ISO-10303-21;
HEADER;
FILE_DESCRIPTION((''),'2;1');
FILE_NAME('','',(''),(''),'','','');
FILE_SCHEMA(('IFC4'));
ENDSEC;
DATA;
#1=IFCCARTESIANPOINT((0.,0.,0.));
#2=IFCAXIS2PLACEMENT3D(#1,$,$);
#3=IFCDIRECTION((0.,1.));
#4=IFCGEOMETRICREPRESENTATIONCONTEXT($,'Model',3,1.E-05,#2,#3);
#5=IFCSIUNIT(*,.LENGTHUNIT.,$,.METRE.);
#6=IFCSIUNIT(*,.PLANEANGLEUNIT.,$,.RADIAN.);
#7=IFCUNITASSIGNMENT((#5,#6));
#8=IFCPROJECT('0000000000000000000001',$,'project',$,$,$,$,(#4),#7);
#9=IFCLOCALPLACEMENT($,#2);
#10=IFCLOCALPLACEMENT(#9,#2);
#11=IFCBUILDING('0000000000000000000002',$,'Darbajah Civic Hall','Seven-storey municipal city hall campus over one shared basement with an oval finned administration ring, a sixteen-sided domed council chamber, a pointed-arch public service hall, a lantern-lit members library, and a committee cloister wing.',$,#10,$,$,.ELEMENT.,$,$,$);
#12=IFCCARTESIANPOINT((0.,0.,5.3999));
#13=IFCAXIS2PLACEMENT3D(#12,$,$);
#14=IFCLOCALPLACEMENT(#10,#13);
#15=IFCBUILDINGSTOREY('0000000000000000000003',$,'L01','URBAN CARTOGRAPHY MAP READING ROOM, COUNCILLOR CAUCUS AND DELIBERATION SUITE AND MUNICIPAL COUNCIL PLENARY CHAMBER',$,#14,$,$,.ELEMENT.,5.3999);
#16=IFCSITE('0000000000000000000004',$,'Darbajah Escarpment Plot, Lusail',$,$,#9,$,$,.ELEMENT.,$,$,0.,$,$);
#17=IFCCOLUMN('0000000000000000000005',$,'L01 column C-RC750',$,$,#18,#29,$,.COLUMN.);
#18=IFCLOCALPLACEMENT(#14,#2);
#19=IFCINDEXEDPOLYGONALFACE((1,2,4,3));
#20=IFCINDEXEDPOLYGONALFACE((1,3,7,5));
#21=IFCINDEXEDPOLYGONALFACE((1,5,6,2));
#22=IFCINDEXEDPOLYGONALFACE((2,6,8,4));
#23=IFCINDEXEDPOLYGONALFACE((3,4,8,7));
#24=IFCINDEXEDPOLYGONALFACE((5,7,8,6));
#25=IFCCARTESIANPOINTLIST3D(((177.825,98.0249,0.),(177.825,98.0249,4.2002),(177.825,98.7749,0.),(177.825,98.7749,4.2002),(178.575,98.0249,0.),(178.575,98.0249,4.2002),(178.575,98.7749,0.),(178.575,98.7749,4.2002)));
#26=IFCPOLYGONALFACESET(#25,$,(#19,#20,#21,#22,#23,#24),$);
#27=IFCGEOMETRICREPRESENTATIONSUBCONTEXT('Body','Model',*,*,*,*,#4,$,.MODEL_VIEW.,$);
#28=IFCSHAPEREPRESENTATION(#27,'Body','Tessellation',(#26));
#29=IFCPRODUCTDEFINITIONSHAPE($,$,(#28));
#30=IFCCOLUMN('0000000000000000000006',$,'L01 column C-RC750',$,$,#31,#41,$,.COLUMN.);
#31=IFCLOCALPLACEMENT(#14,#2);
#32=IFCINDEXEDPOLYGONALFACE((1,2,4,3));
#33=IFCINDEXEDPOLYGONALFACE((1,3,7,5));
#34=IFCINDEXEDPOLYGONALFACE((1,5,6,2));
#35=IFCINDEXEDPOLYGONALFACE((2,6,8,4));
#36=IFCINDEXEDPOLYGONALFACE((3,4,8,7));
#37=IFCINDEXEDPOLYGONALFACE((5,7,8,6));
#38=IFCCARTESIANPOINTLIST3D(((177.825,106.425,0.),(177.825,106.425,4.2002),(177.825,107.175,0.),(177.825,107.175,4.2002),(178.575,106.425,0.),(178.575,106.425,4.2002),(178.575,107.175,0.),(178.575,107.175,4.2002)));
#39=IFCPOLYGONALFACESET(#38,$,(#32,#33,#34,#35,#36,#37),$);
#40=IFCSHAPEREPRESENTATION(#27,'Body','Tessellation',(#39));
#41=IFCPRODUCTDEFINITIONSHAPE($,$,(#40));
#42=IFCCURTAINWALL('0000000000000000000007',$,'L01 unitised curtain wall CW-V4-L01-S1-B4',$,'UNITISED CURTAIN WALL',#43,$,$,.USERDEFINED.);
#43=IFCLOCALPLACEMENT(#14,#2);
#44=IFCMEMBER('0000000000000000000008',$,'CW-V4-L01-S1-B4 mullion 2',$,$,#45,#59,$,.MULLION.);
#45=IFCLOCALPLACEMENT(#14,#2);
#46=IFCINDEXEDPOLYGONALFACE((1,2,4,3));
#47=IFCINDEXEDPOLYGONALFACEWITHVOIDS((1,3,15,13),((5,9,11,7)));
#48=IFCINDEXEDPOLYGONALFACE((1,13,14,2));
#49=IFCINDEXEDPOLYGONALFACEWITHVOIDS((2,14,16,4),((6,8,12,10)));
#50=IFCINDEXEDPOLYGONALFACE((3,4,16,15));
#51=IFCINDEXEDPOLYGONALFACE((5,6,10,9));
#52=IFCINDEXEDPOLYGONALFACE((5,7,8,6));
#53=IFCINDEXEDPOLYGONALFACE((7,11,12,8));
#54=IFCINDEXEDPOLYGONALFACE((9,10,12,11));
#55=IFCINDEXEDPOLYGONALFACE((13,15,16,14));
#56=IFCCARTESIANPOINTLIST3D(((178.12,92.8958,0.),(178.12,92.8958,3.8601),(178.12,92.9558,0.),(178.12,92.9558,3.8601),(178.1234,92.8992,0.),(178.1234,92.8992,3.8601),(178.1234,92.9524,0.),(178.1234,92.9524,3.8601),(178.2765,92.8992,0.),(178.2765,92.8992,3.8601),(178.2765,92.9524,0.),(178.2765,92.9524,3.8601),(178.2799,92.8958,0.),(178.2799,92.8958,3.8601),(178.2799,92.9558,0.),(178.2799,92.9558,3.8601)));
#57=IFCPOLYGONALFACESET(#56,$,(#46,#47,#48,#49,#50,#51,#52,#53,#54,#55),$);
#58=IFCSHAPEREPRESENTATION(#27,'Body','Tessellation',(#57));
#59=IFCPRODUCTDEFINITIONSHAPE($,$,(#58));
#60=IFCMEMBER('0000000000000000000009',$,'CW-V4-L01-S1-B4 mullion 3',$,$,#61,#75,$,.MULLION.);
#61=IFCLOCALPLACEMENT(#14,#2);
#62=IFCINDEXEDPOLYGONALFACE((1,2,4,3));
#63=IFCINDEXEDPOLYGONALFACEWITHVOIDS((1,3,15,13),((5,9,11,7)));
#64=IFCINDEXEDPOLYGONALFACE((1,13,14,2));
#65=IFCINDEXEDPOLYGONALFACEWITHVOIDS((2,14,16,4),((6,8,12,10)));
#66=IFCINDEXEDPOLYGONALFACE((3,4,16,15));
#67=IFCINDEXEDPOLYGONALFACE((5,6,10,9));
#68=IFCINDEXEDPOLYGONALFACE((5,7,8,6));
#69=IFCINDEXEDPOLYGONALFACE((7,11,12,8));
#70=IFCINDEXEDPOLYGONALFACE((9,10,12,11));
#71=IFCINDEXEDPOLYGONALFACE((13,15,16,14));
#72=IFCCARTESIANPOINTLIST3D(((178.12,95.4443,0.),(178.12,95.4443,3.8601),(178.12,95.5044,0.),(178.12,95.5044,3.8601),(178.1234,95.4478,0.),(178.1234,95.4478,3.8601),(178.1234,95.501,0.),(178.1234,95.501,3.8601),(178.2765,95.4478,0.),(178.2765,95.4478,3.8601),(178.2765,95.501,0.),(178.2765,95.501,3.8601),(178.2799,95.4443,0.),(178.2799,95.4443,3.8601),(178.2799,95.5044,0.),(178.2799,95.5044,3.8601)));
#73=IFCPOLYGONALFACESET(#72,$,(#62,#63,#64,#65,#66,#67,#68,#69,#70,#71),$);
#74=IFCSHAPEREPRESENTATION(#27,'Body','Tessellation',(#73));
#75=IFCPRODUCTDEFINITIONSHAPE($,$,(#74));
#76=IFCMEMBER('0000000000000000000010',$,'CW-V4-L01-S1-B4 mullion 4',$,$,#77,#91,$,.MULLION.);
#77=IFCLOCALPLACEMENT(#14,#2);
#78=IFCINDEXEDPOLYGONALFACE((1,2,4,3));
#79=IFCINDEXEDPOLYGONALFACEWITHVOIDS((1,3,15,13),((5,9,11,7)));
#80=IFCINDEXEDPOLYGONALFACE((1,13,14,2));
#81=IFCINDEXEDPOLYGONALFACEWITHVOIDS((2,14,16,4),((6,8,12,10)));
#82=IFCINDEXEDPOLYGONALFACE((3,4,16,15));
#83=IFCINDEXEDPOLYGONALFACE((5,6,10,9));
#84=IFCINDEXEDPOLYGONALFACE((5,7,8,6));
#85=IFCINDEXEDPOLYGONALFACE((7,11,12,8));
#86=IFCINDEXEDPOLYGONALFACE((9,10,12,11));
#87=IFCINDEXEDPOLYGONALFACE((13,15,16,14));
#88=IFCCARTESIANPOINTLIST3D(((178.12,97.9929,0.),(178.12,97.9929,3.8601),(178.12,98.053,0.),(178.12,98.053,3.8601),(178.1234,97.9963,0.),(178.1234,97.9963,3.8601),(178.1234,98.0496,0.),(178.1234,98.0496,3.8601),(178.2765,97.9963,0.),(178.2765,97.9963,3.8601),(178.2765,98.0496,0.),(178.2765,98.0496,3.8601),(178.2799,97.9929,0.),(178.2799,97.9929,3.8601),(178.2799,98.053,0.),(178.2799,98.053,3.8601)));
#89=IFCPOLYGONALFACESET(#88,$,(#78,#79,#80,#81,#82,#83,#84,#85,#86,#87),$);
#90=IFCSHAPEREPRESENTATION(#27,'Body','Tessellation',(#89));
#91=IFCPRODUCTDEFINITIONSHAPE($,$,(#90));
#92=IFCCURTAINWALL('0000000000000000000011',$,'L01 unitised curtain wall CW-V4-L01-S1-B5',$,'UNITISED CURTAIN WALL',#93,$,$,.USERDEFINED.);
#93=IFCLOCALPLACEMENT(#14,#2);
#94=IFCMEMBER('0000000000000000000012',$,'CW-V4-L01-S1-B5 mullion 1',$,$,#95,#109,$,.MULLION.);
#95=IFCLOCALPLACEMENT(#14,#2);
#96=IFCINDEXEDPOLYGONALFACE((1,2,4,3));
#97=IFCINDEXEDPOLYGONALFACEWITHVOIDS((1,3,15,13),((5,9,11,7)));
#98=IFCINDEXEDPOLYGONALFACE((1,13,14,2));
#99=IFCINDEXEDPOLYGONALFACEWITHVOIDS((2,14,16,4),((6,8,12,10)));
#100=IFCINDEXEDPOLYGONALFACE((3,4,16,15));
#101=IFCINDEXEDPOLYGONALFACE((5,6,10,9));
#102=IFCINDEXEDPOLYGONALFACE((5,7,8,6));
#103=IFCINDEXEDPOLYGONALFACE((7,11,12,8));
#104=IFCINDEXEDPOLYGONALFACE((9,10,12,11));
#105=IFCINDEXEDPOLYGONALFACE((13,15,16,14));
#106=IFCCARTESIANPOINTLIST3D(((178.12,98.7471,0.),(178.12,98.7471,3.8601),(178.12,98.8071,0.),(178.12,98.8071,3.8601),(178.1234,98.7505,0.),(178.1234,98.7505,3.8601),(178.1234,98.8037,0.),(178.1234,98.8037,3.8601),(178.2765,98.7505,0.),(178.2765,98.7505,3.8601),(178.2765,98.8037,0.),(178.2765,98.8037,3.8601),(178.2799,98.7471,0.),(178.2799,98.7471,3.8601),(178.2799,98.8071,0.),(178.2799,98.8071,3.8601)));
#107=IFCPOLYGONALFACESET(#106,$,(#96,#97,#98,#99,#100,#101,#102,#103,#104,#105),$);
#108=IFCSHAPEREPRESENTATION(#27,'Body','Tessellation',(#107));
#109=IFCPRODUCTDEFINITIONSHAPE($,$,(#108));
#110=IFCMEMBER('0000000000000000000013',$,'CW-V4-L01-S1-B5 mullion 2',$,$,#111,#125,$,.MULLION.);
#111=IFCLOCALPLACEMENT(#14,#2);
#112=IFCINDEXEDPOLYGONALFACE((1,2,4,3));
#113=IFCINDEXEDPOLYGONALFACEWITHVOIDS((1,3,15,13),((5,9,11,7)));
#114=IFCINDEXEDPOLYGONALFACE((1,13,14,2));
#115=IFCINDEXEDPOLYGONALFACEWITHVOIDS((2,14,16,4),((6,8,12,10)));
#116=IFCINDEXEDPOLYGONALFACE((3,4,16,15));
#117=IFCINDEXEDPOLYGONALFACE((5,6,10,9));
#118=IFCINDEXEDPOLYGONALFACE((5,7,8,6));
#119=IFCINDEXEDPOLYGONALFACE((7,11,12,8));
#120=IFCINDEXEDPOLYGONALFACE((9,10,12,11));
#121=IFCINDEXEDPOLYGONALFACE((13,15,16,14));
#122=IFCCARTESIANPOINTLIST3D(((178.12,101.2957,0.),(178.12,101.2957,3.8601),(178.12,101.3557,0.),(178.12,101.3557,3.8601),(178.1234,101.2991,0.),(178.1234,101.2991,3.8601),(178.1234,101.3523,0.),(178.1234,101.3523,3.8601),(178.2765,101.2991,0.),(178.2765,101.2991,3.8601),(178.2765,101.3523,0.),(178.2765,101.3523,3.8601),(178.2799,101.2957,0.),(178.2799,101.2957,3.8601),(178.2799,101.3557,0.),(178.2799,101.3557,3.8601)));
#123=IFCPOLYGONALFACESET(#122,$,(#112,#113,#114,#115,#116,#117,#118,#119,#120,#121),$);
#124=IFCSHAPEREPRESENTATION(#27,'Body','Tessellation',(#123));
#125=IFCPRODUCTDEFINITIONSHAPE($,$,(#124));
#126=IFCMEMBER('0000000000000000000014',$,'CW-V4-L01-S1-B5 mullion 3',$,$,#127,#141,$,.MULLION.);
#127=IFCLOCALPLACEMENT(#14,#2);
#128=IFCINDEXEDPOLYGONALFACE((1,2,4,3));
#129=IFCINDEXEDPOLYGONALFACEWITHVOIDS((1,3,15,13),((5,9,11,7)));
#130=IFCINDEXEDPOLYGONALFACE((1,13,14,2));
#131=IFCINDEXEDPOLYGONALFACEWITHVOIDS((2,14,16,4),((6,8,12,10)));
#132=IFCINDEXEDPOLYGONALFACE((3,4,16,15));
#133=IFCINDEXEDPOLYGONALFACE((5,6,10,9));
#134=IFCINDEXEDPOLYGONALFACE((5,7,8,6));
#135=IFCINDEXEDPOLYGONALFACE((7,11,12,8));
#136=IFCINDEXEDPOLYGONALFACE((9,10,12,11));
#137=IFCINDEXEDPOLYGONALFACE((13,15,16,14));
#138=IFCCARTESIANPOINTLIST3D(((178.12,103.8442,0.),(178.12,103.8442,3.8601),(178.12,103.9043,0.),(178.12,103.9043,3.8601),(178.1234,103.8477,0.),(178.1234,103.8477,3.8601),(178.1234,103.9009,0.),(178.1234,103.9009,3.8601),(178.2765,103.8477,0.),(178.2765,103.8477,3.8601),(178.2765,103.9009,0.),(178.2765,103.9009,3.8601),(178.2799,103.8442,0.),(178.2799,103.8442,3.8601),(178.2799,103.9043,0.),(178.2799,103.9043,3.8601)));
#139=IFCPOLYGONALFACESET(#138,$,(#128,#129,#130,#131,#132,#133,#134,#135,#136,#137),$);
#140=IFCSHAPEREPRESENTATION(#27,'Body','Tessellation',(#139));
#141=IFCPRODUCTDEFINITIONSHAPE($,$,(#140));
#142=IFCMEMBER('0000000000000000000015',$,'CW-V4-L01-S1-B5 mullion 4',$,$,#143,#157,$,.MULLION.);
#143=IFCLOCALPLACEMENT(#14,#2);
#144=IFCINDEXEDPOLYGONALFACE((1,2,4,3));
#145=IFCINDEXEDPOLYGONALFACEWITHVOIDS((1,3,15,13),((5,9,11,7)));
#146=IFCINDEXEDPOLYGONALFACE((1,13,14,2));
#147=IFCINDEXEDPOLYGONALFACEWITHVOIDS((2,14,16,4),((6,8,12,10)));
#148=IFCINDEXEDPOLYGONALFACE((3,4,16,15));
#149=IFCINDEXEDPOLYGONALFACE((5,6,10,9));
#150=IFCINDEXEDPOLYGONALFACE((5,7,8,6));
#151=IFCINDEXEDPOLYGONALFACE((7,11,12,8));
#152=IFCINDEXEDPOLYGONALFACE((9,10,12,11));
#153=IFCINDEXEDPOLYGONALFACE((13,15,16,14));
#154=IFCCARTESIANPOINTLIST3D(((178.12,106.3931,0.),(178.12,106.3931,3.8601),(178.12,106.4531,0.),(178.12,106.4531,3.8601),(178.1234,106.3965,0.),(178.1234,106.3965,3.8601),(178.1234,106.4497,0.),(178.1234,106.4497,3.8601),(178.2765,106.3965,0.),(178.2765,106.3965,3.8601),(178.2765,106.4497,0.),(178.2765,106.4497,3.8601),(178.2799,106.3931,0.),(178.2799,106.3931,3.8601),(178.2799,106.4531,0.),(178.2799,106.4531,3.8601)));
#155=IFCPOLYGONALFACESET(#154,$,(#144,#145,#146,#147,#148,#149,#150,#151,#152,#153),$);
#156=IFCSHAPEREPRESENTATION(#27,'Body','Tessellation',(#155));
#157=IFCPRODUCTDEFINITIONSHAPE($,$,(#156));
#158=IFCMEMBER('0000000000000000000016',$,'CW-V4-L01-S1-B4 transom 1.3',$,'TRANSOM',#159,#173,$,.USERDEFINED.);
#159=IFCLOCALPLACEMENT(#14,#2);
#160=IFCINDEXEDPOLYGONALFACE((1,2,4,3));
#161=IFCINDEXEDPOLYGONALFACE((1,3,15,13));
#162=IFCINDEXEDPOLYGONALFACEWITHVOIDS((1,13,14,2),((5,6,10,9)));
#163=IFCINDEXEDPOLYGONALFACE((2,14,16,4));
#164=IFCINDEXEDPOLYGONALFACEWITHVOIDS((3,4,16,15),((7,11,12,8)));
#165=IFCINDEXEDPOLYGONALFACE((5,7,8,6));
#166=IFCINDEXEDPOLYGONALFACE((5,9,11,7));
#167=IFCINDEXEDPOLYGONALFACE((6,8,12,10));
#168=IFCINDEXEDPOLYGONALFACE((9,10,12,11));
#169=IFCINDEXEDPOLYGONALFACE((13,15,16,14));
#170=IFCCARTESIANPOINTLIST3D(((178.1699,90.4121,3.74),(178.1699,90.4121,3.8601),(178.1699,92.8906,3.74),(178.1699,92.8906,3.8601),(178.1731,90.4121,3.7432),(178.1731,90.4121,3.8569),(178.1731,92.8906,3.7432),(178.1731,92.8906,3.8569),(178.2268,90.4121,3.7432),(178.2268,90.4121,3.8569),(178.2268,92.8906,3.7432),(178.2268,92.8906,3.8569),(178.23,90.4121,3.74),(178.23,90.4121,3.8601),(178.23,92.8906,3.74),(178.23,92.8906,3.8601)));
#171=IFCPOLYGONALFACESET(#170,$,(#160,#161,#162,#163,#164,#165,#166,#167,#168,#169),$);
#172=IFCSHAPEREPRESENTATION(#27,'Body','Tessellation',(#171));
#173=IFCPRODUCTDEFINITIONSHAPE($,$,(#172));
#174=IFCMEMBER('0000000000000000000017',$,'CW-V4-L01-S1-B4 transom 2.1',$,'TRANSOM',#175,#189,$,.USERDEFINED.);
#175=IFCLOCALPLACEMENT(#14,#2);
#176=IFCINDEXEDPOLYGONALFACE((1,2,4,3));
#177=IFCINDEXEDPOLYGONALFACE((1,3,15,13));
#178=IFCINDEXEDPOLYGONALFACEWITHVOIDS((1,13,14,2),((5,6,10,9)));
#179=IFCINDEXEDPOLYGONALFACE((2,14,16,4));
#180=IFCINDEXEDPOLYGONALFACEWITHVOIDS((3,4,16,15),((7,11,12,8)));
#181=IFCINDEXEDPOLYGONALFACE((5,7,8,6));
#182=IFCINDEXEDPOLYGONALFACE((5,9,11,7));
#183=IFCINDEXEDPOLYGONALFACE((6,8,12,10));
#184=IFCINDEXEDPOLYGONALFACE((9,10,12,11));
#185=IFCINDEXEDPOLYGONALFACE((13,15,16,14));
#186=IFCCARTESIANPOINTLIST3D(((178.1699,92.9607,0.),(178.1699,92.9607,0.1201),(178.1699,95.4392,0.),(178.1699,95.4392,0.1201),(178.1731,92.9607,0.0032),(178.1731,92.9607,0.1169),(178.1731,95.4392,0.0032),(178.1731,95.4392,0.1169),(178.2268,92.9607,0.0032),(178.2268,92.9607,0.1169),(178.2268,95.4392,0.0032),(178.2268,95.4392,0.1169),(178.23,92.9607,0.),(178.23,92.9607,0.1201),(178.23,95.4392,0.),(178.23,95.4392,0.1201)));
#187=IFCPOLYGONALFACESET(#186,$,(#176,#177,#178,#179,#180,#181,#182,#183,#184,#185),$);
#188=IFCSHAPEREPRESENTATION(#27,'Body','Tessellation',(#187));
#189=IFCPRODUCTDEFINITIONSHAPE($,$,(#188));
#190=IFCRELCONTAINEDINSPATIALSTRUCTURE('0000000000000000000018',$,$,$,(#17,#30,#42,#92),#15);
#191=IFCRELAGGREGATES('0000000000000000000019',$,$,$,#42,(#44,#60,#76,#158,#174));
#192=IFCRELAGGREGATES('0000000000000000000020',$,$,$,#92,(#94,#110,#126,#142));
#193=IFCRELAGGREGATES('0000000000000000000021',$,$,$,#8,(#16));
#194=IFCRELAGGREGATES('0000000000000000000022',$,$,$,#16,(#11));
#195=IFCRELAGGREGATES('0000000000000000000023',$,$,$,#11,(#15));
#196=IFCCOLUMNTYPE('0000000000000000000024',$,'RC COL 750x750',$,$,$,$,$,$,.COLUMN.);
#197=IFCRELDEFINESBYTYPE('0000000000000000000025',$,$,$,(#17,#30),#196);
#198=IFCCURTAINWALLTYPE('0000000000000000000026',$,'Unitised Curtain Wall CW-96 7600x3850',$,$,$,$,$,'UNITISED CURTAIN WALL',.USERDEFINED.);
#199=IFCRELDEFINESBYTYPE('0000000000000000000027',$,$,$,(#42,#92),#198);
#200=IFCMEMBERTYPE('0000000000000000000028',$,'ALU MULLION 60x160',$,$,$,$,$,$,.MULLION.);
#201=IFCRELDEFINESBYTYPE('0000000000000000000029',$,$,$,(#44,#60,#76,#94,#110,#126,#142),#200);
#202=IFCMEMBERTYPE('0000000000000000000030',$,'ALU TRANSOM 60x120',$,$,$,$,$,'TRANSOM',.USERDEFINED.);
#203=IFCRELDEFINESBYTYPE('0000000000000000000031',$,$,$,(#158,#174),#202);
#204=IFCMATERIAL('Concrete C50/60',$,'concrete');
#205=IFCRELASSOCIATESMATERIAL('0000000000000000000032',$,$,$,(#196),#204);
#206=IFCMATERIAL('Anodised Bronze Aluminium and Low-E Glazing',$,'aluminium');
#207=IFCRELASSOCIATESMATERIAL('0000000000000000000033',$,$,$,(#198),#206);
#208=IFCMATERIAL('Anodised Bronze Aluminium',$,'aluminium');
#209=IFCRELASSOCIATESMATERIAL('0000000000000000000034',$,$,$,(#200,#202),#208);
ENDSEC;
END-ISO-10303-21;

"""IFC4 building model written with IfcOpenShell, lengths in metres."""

from ifc_helpers import new_model, si_unit, direction, frame, origin, origin_2d, place, context, subcontext, project, spatial, rectangle, hollow_rectangle, extrude, material, material_profile, profile_set, type_object, element, aggregate, save


model = new_model("IFC4")

# Units and contexts
model_context = context("Model", 3, precision=1e-05, world=origin(), true_north=direction((0.0, 1.0)))
body_context = subcontext(model_context, "Body", "Model", "MODEL_VIEW")
ifc_project = project(units=[si_unit("LENGTHUNIT", "METRE"), si_unit("PLANEANGLEUNIT", "RADIAN")], contexts=[model_context])

# Site, building, storey
site_placement = place(None, origin())
site = spatial("IfcSite", under=ifc_project, at=site_placement, Name="Darbajah Escarpment Plot, Lusail", CompositionType="ELEMENT", RefElevation=0.0)
building_placement = place(site_placement, origin())
building = spatial("IfcBuilding", under=site, at=building_placement, Name="Darbajah Civic Hall", Description="Seven-storey municipal city hall campus over one shared basement with an oval finned administration ring, a sixteen-sided domed council chamber, a pointed-arch public service hall, a lantern-lit members library, and a committee cloister wing.", CompositionType="ELEMENT")
storey_placement = place(building_placement, frame((0.0, 0.0, 5.3999)))
storey = spatial("IfcBuildingStorey", under=building, at=storey_placement, Name="L01", Description="URBAN CARTOGRAPHY MAP READING ROOM, COUNCILLOR CAUCUS AND DELIBERATION SUITE AND MUNICIPAL COUNCIL PLENARY CHAMBER", CompositionType="ELEMENT", Elevation=5.3999)

# Columns
ifc_material_1 = material(Name="Concrete C50/60", Category="concrete")
ifc_material_profile_1 = material_profile(ifc_material_1, rectangle(XDim=0.75, YDim=0.75, at=origin_2d()), Name="RC COL 750x750")
ifc_profile_set_1 = profile_set([ifc_material_profile_1], Name="Concrete C50/60")
column_type = type_object("IfcColumnType", Name="RC COL 750x750", PredefinedType="COLUMN", material=ifc_profile_set_1)
for number, where, z_axis, x_axis, name in (
    (1, (178.2, 98.3999, 0.0), (0.0, 0.0, 1.0), (1.0, 0.0, 0.0), "L01 column C-RC750"),
    (2, (178.2, 106.8, 0.0), (0.0, 0.0, 1.0), (1.0, 0.0, 0.0), "L01 column C-RC750"),
):
    element("IfcColumn", number, at=place(storey_placement, frame(where, z_axis=z_axis, x_axis=x_axis)), inside=storey, type_object=column_type, Name=name, PredefinedType="COLUMN", context=body_context, shape_type="SweptSolid", body=[
        extrude(rectangle(XDim=0.75, YDim=0.75, at=origin_2d()), origin(), (0.0, 0.0, 1.0), 4.2002),
    ])

# Curtain walls, members
ifc_material_2 = material(Name="Anodised Bronze Aluminium and Low-E Glazing", Category="aluminium")
curtain_wall_type = type_object("IfcCurtainWallType", Name="Unitised Curtain Wall CW-96 7600x3850", ElementType="UNITISED CURTAIN WALL", PredefinedType="USERDEFINED", material=ifc_material_2)
curtain_wall_1_placement = place(storey_placement, origin())
curtain_wall_1 = element("IfcCurtainWall", 3, at=curtain_wall_1_placement, inside=storey, type_object=curtain_wall_type, Name="L01 unitised curtain wall CW-V4-L01-S1-B4", ObjectType="UNITISED CURTAIN WALL", PredefinedType="USERDEFINED")
ifc_material_3 = material(Name="Anodised Bronze Aluminium", Category="aluminium")
ifc_material_profile_2 = material_profile(ifc_material_3, hollow_rectangle(XDim=0.0601, YDim=0.1599, WallThickness=0.0034, at=origin_2d()), Name="ALU MULLION 60x160")
ifc_profile_set_2 = profile_set([ifc_material_profile_2], Name="Anodised Bronze Aluminium")
member_type_1 = type_object("IfcMemberType", Name="ALU MULLION 60x160", PredefinedType="MULLION", material=ifc_profile_set_2)
member_1_placement = place(storey_placement, frame((178.2, 92.9258, 0.0), z_axis=(0.0, 0.0, 1.0), x_axis=(0.0, 1.0, 0.0)))
member_1 = element("IfcMember", 4, at=member_1_placement, type_object=member_type_1, Name="CW-V4-L01-S1-B4 mullion 2", PredefinedType="MULLION", context=body_context, shape_type="SweptSolid", body=[
    extrude(hollow_rectangle(XDim=0.0601, YDim=0.1599, WallThickness=0.0034, at=origin_2d()), origin(), (0.0, 0.0, 1.0), 3.8601),
])
member_2_placement = place(storey_placement, frame((178.2, 95.4744, 0.0), z_axis=(0.0, 0.0, 1.0), x_axis=(0.0, 1.0, 0.0)))
member_2 = element("IfcMember", 5, at=member_2_placement, type_object=member_type_1, Name="CW-V4-L01-S1-B4 mullion 3", PredefinedType="MULLION", context=body_context, shape_type="SweptSolid", body=[
    extrude(hollow_rectangle(XDim=0.0601, YDim=0.1599, WallThickness=0.0034, at=origin_2d()), origin(), (0.0, 0.0, 1.0), 3.8601),
])
member_3_placement = place(storey_placement, frame((178.2, 98.0229, 0.0), z_axis=(0.0, 0.0, 1.0), x_axis=(0.0, 1.0, 0.0)))
member_3 = element("IfcMember", 6, at=member_3_placement, type_object=member_type_1, Name="CW-V4-L01-S1-B4 mullion 4", PredefinedType="MULLION", context=body_context, shape_type="SweptSolid", body=[
    extrude(hollow_rectangle(XDim=0.0601, YDim=0.1599, WallThickness=0.0034, at=origin_2d()), origin(), (0.0, 0.0, 1.0), 3.8601),
])
curtain_wall_2_placement = place(storey_placement, origin())
curtain_wall_2 = element("IfcCurtainWall", 7, at=curtain_wall_2_placement, inside=storey, type_object=curtain_wall_type, Name="L01 unitised curtain wall CW-V4-L01-S1-B5", ObjectType="UNITISED CURTAIN WALL", PredefinedType="USERDEFINED")
member_4_placement = place(storey_placement, frame((178.2, 98.7771, 0.0), z_axis=(0.0, 0.0, 1.0), x_axis=(0.0, 1.0, 0.0)))
member_4 = element("IfcMember", 8, at=member_4_placement, type_object=member_type_1, Name="CW-V4-L01-S1-B5 mullion 1", PredefinedType="MULLION", context=body_context, shape_type="SweptSolid", body=[
    extrude(hollow_rectangle(XDim=0.0601, YDim=0.1599, WallThickness=0.0034, at=origin_2d()), origin(), (0.0, 0.0, 1.0), 3.8601),
])
member_5_placement = place(storey_placement, frame((178.2, 101.3257, 0.0), z_axis=(0.0, 0.0, 1.0), x_axis=(0.0, 1.0, 0.0)))
member_5 = element("IfcMember", 9, at=member_5_placement, type_object=member_type_1, Name="CW-V4-L01-S1-B5 mullion 2", PredefinedType="MULLION", context=body_context, shape_type="SweptSolid", body=[
    extrude(hollow_rectangle(XDim=0.0601, YDim=0.1599, WallThickness=0.0034, at=origin_2d()), origin(), (0.0, 0.0, 1.0), 3.8601),
])
member_6_placement = place(storey_placement, frame((178.2, 103.8743, 0.0), z_axis=(0.0, 0.0, 1.0), x_axis=(0.0, 1.0, 0.0)))
member_6 = element("IfcMember", 10, at=member_6_placement, type_object=member_type_1, Name="CW-V4-L01-S1-B5 mullion 3", PredefinedType="MULLION", context=body_context, shape_type="SweptSolid", body=[
    extrude(hollow_rectangle(XDim=0.0601, YDim=0.1599, WallThickness=0.0034, at=origin_2d()), origin(), (0.0, 0.0, 1.0), 3.8601),
])
member_7_placement = place(storey_placement, frame((178.2, 106.4231, 0.0), z_axis=(0.0, 0.0, 1.0), x_axis=(0.0, 1.0, 0.0)))
member_7 = element("IfcMember", 11, at=member_7_placement, type_object=member_type_1, Name="CW-V4-L01-S1-B5 mullion 4", PredefinedType="MULLION", context=body_context, shape_type="SweptSolid", body=[
    extrude(hollow_rectangle(XDim=0.0601, YDim=0.1599, WallThickness=0.0034, at=origin_2d()), origin(), (0.0, 0.0, 1.0), 3.8601),
])

# Members
ifc_material_profile_3 = material_profile(ifc_material_3, hollow_rectangle(XDim=0.0601, YDim=0.1201, WallThickness=0.0032, at=origin_2d()), Name="ALU TRANSOM 60x120")
ifc_profile_set_3 = profile_set([ifc_material_profile_3], Name="Anodised Bronze Aluminium")
member_type_2 = type_object("IfcMemberType", Name="ALU TRANSOM 60x120", ElementType="TRANSOM", PredefinedType="USERDEFINED", material=ifc_profile_set_3)
member_8_placement = place(storey_placement, frame((178.2, 90.4121, 3.8), z_axis=(0.0, 1.0, 0.0), x_axis=(-1.0, 0.0, 0.0)))
member_8 = element("IfcMember", 12, at=member_8_placement, type_object=member_type_2, Name="CW-V4-L01-S1-B4 transom 1.3", ObjectType="TRANSOM", PredefinedType="USERDEFINED", context=body_context, shape_type="SweptSolid", body=[
    extrude(hollow_rectangle(XDim=0.0601, YDim=0.1201, WallThickness=0.0032, at=origin_2d()), origin(), (0.0, 0.0, 1.0), 2.4785),
])
member_9_placement = place(storey_placement, frame((178.2, 92.9607, 0.0601), z_axis=(0.0, 1.0, 0.0), x_axis=(-1.0, 0.0, 0.0)))
member_9 = element("IfcMember", 13, at=member_9_placement, type_object=member_type_2, Name="CW-V4-L01-S1-B4 transom 2.1", ObjectType="TRANSOM", PredefinedType="USERDEFINED", context=body_context, shape_type="SweptSolid", body=[
    extrude(hollow_rectangle(XDim=0.0601, YDim=0.1201, WallThickness=0.0032, at=origin_2d()), origin(), (0.0, 0.0, 1.0), 2.4785),
])

aggregate(curtain_wall_1, [member_1, member_2, member_3, member_8, member_9])
aggregate(curtain_wall_2, [member_4, member_5, member_6, member_7])

save(model, "model.ifc")
